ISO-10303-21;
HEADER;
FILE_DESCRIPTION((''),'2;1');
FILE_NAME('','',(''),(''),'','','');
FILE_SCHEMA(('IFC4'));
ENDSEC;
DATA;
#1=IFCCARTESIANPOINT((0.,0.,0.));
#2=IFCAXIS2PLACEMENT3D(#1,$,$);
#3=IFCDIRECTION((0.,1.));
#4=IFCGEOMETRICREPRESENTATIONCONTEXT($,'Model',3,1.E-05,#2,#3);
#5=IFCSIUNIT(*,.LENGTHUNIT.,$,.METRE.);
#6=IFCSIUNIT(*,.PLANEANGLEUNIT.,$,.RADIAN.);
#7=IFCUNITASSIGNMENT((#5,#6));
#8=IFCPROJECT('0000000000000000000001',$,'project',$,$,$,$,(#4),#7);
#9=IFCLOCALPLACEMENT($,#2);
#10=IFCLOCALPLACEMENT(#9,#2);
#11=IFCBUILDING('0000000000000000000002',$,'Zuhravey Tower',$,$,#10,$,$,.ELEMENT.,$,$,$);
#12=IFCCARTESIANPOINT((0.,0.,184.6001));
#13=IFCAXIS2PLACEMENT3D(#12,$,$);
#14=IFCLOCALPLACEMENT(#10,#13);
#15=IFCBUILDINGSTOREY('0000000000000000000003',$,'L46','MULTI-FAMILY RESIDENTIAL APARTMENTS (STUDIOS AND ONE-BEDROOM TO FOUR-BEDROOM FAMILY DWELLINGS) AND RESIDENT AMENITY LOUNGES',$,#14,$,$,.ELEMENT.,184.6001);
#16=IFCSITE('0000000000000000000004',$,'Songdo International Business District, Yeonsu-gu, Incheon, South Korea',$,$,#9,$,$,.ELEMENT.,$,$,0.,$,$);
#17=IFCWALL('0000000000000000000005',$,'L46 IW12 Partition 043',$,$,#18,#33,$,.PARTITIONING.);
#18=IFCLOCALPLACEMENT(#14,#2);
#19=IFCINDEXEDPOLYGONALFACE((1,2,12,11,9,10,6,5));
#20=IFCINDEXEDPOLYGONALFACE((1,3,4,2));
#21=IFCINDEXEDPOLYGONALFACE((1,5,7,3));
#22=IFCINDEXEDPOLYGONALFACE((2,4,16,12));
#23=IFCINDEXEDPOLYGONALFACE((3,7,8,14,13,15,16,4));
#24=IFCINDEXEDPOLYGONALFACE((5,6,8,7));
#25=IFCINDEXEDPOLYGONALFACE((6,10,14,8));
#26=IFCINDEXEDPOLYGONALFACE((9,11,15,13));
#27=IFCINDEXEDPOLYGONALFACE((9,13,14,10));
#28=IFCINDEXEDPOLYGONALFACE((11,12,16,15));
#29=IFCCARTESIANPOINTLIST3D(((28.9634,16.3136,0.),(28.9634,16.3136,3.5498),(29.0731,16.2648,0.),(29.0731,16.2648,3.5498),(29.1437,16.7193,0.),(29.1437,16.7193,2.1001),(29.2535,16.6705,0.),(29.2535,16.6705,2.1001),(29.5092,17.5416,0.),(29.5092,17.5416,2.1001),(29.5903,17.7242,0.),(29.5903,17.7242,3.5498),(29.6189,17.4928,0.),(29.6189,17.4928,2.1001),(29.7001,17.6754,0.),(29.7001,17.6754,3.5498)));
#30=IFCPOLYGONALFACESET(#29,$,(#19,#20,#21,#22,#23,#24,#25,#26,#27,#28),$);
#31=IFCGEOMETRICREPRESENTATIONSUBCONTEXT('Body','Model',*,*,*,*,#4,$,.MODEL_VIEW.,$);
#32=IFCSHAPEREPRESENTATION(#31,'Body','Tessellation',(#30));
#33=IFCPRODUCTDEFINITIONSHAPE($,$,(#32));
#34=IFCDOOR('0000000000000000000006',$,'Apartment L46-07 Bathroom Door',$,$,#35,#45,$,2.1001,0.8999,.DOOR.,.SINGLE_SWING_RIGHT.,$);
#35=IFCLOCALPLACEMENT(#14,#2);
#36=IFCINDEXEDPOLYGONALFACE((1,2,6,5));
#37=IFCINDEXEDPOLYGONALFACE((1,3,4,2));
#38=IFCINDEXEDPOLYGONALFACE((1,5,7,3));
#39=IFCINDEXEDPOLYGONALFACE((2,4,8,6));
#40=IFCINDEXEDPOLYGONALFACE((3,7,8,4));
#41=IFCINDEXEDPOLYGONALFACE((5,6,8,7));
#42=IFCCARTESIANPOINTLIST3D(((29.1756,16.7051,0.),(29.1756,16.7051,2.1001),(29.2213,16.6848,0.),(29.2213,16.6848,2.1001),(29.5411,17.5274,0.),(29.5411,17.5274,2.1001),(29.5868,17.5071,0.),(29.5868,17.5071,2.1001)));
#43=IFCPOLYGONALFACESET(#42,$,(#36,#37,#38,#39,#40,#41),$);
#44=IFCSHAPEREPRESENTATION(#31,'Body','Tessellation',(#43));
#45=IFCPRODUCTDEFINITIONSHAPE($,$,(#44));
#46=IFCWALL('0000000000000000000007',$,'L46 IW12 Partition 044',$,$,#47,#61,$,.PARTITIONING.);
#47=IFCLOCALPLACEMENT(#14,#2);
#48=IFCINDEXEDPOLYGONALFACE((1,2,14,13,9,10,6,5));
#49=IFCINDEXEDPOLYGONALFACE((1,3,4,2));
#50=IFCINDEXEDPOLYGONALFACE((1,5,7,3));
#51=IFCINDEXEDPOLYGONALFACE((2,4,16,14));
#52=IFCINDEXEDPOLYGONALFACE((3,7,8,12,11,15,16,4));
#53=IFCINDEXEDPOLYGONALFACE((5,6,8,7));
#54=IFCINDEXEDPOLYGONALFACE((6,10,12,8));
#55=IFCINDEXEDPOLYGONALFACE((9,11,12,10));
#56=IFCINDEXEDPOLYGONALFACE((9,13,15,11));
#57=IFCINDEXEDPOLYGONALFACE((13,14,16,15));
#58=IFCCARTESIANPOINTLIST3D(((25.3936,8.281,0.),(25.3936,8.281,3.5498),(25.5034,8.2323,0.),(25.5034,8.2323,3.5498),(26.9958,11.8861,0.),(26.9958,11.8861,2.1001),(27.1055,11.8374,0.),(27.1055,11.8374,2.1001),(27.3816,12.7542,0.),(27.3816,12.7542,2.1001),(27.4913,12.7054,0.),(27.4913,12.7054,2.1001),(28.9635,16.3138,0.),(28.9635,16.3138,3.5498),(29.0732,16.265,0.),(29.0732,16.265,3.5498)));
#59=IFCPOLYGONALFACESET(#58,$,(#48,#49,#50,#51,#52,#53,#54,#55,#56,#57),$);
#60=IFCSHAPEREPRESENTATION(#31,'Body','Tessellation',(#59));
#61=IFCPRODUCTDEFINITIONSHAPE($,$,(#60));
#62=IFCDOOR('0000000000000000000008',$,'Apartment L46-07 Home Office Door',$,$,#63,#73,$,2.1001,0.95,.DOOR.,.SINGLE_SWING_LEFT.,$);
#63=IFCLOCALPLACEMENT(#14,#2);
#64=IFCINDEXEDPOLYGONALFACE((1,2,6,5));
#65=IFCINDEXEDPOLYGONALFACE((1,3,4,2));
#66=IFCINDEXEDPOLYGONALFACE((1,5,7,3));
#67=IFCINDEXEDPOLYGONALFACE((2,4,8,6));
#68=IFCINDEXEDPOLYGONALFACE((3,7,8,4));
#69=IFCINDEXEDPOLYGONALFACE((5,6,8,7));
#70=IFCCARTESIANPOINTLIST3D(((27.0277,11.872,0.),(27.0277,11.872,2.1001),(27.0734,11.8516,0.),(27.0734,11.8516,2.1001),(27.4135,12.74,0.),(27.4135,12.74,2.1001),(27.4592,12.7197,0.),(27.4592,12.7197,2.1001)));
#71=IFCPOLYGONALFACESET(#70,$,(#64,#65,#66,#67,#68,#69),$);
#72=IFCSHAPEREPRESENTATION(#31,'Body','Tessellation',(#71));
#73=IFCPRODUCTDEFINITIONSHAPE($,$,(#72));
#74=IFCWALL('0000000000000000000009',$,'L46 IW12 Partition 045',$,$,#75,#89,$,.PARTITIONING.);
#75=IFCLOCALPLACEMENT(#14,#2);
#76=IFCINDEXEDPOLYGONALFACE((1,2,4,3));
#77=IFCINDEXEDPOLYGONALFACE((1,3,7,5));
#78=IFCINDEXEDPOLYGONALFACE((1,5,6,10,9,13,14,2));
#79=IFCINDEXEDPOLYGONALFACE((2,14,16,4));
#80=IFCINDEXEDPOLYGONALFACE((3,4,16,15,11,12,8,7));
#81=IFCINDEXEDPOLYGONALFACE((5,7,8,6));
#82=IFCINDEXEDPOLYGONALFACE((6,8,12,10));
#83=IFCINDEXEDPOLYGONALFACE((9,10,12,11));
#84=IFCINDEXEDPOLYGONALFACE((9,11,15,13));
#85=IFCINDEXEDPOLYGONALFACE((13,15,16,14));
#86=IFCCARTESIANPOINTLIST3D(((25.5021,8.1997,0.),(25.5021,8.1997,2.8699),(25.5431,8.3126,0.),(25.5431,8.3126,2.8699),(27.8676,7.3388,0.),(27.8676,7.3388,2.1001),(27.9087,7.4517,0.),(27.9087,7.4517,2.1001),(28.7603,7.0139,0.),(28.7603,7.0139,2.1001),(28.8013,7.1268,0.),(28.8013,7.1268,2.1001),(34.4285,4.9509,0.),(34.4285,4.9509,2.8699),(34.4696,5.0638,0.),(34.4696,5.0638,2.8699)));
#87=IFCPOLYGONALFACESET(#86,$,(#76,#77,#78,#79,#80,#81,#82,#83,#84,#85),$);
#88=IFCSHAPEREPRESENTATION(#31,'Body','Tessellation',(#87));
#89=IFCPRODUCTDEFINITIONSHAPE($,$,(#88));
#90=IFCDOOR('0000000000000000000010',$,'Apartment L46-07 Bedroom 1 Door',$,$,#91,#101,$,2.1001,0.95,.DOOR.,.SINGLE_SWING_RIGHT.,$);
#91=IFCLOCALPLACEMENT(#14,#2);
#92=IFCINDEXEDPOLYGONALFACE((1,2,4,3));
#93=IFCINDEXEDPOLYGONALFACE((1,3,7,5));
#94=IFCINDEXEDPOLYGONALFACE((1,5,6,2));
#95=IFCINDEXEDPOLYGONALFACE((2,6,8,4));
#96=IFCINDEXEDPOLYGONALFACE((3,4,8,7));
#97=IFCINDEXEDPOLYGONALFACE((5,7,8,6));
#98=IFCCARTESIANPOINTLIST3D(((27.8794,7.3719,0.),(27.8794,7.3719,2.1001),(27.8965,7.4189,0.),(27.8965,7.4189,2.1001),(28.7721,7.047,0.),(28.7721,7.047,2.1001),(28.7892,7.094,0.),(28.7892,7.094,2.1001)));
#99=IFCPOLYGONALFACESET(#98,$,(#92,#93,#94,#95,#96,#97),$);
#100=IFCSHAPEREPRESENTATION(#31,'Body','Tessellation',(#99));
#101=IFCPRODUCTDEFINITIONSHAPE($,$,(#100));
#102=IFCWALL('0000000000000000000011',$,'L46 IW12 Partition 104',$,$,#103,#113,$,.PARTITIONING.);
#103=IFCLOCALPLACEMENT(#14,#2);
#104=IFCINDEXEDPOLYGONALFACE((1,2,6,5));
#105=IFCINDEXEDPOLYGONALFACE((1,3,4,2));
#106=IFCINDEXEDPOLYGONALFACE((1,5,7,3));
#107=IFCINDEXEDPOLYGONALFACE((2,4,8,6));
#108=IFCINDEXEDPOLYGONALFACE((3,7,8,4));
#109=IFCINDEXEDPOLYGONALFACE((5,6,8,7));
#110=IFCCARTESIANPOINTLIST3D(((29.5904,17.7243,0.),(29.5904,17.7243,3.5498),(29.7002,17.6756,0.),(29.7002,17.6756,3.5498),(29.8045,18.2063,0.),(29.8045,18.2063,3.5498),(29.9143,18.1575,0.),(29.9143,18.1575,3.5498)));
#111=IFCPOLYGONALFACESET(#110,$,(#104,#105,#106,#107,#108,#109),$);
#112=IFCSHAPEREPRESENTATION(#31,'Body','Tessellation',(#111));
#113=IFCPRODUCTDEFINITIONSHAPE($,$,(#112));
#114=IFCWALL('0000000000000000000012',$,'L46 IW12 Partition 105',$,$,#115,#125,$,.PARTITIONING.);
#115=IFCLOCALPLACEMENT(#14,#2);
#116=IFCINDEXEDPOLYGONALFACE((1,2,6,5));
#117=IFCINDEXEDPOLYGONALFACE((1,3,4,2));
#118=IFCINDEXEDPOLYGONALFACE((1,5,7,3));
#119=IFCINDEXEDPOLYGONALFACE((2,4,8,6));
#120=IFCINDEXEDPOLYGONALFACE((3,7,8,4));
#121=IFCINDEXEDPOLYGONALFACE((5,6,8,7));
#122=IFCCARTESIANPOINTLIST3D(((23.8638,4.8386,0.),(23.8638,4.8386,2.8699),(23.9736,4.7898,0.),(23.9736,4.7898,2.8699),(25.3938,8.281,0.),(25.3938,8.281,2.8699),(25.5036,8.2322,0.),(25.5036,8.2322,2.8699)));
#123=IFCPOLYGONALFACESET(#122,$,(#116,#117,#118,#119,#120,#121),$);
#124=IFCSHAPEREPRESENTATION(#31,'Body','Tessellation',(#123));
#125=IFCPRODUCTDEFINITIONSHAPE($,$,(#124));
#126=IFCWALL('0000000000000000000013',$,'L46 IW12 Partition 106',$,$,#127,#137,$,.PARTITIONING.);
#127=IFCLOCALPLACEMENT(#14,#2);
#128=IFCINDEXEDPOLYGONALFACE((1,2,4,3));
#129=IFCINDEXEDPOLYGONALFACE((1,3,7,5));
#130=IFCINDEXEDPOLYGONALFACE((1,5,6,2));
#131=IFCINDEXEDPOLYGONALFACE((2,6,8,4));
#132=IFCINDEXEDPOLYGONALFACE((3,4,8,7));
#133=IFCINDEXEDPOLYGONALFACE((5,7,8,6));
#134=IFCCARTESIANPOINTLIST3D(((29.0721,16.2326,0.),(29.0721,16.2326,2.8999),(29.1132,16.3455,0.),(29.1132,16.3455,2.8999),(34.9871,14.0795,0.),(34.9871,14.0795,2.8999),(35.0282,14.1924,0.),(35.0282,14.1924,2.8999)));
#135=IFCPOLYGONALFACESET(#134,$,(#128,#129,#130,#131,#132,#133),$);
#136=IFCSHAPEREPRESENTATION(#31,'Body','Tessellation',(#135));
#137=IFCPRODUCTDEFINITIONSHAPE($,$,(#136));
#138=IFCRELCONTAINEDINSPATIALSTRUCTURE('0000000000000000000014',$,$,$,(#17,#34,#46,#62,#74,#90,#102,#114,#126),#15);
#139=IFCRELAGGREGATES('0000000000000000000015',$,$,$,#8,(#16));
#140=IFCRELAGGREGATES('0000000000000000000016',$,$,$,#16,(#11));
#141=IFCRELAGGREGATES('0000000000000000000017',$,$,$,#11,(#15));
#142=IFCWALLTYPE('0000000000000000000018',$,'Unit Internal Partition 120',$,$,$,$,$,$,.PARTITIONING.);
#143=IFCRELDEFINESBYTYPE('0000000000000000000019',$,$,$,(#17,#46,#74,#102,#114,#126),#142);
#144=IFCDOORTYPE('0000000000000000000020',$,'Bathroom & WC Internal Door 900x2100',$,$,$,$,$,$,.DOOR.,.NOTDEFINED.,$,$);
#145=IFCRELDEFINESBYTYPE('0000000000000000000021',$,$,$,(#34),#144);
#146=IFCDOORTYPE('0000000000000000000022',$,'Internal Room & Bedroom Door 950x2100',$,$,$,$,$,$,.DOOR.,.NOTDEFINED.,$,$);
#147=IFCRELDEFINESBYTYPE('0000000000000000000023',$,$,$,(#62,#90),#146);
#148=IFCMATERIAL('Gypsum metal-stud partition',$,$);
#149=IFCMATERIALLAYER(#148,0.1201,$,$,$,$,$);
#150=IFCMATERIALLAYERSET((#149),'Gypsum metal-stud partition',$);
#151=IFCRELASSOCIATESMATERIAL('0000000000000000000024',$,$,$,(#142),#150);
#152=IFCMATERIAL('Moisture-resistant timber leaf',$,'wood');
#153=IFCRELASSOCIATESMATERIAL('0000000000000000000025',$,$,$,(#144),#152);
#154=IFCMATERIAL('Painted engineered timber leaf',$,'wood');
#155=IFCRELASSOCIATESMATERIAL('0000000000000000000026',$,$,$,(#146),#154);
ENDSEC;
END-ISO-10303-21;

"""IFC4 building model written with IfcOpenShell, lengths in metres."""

from ifc_helpers import new_model, si_unit, direction, frame, frame_2d, origin, place, context, subcontext, project, spatial, rectangle, extrude, material, layer, layer_set, type_object, element, fill, save


model = new_model("IFC4")

# Units and contexts
model_context = context("Model", 3, precision=1e-05, world=origin(), true_north=direction((0.0, 1.0)))
body_context = subcontext(model_context, "Body", "Model", "MODEL_VIEW")
ifc_project = project(units=[si_unit("LENGTHUNIT", "METRE"), si_unit("PLANEANGLEUNIT", "RADIAN")], contexts=[model_context])

# Site, building, storey
site_placement = place(None, origin())
site = spatial("IfcSite", under=ifc_project, at=site_placement, Name="Songdo International Business District, Yeonsu-gu, Incheon, South Korea", CompositionType="ELEMENT", RefElevation=0.0)
building_placement = place(site_placement, origin())
building = spatial("IfcBuilding", under=site, at=building_placement, Name="Zuhravey Tower", CompositionType="ELEMENT")
storey_placement = place(building_placement, frame((0.0, 0.0, 184.6001)))
storey = spatial("IfcBuildingStorey", under=building, at=storey_placement, Name="L46", Description="MULTI-FAMILY RESIDENTIAL APARTMENTS (STUDIOS AND ONE-BEDROOM TO FOUR-BEDROOM FAMILY DWELLINGS) AND RESIDENT AMENITY LOUNGES", CompositionType="ELEMENT", Elevation=184.6001)

# Walls, openings, doors
ifc_material_1 = material(Name="Gypsum metal-stud partition")
ifc_layer_1 = layer(ifc_material_1, 0.1201)
ifc_layer_set_1 = layer_set([ifc_layer_1], Name="Gypsum metal-stud partition")
wall_type_1 = type_object("IfcWallType", Name="Unit Internal Partition 120", PredefinedType="PARTITIONING", material=ifc_layer_set_1)
wall_1_placement = place(storey_placement, frame((29.6453, 17.7, 0.0), z_axis=(0.0, 0.0, 1.0), x_axis=(-0.406138, -0.913812, 0.0)))
wall_1 = element("IfcWall", 1, at=wall_1_placement, inside=storey, type_object=wall_type_1, Name="L46 IW12 Partition 043", PredefinedType="PARTITIONING", context=body_context, shape_type="SweptSolid", body=[
    extrude(rectangle(XDim=1.5437, YDim=0.1201, at=frame_2d((0.772, 0.0))), origin(), (0.0, 0.0, 1.0), 3.5498),
])
opening_1_placement = place(wall_1_placement, frame((0.2, 0.0, 0.0)))
opening_1 = element("IfcOpeningElement", 2, at=opening_1_placement, cuts=wall_1, PredefinedType="OPENING", context=body_context, shape_type="SweptSolid", body=[
    extrude(rectangle(XDim=0.8999, YDim=2.1001, at=frame_2d((0.45, 1.05))), frame((0.0, 0.072, 0.0), z_axis=(0.0, -1.0, 0.0), x_axis=(1.0, 0.0, 0.0)), (0.0, 0.0, 1.0), 0.144),
])
ifc_material_2 = material(Name="Moisture-resistant timber leaf", Category="wood")
door_type_1 = type_object("IfcDoorType", Name="Bathroom & WC Internal Door 900x2100", OperationType="NOTDEFINED", PredefinedType="DOOR", material=ifc_material_2)
door_1_placement = place(opening_1_placement, origin())
door_1 = element("IfcDoor", 3, at=door_1_placement, inside=storey, type_object=door_type_1, Name="Apartment L46-07 Bathroom Door", OperationType="SINGLE_SWING_RIGHT", OverallHeight=2.1001, OverallWidth=0.8999, PredefinedType="DOOR", context=body_context, shape_type="SweptSolid", body=[
    extrude(rectangle(XDim=0.8999, YDim=2.1001, at=frame_2d((0.45, 1.05))), frame((0.0, 0.0249, 0.0), z_axis=(0.0, -1.0, 0.0), x_axis=(1.0, 0.0, 0.0)), (0.0, 0.0, 1.0), 0.05),
])
fill(opening_1, door_1)
wall_2_placement = place(storey_placement, frame((29.0183, 16.2893, 0.0), z_axis=(0.0, 0.0, 1.0), x_axis=(-0.406113, -0.913823, 0.0)))
wall_2 = element("IfcWall", 4, at=wall_2_placement, inside=storey, type_object=wall_type_1, Name="L46 IW12 Partition 044", PredefinedType="PARTITIONING", context=body_context, shape_type="SweptSolid", body=[
    extrude(rectangle(XDim=8.7903, YDim=0.1201, at=frame_2d((4.395, 0.0))), origin(), (0.0, 0.0, 1.0), 3.5498),
])
opening_2_placement = place(wall_2_placement, frame((3.895, 0.0, 0.0)))
opening_2 = element("IfcOpeningElement", 5, at=opening_2_placement, cuts=wall_2, PredefinedType="OPENING", context=body_context, shape_type="SweptSolid", body=[
    extrude(rectangle(XDim=0.95, YDim=2.1001, at=frame_2d((0.4751, 1.05))), frame((0.0, 0.072, 0.0), z_axis=(0.0, -1.0, 0.0), x_axis=(1.0, 0.0, 0.0)), (0.0, 0.0, 1.0), 0.144),
])
ifc_material_3 = material(Name="Painted engineered timber leaf", Category="wood")
door_type_2 = type_object("IfcDoorType", Name="Internal Room & Bedroom Door 950x2100", OperationType="NOTDEFINED", PredefinedType="DOOR", material=ifc_material_3)
door_2_placement = place(opening_2_placement, origin())
door_2 = element("IfcDoor", 6, at=door_2_placement, inside=storey, type_object=door_type_2, Name="Apartment L46-07 Home Office Door", OperationType="SINGLE_SWING_LEFT", OverallHeight=2.1001, OverallWidth=0.95, PredefinedType="DOOR", context=body_context, shape_type="SweptSolid", body=[
    extrude(rectangle(XDim=0.95, YDim=2.1001, at=frame_2d((0.4751, 1.05))), frame((0.0, 0.0249, 0.0), z_axis=(0.0, -1.0, 0.0), x_axis=(1.0, 0.0, 0.0)), (0.0, 0.0, 1.0), 0.05),
])
fill(opening_2, door_2)
wall_3_placement = place(storey_placement, frame((25.5227, 8.2561, 0.0), z_axis=(0.0, 0.0, 1.0), x_axis=(0.9397, -0.342001, 0.0)))
wall_3 = element("IfcWall", 7, at=wall_3_placement, inside=storey, type_object=wall_type_1, Name="L46 IW12 Partition 045", PredefinedType="PARTITIONING", context=body_context, shape_type="SweptSolid", body=[
    extrude(rectangle(XDim=9.4993, YDim=0.1201, at=frame_2d((4.7495, 0.0))), origin(), (0.0, 0.0, 1.0), 2.8699),
])
opening_3_placement = place(wall_3_placement, frame((2.5171, 0.0, 0.0)))
opening_3 = element("IfcOpeningElement", 8, at=opening_3_placement, cuts=wall_3, PredefinedType="OPENING", context=body_context, shape_type="SweptSolid", body=[
    extrude(rectangle(XDim=0.95, YDim=2.1001, at=frame_2d((0.4751, 1.05))), frame((0.0, 0.072, 0.0), z_axis=(0.0, -1.0, 0.0), x_axis=(1.0, 0.0, 0.0)), (0.0, 0.0, 1.0), 0.144),
])
door_3_placement = place(opening_3_placement, frame((0.95, 0.0, 0.0), z_axis=(0.0, 0.0, 1.0), x_axis=(-1.0, 0.0, 0.0)))
door_3 = element("IfcDoor", 9, at=door_3_placement, inside=storey, type_object=door_type_2, Name="Apartment L46-07 Bedroom 1 Door", OperationType="SINGLE_SWING_RIGHT", OverallHeight=2.1001, OverallWidth=0.95, PredefinedType="DOOR", context=body_context, shape_type="SweptSolid", body=[
    extrude(rectangle(XDim=0.95, YDim=2.1001, at=frame_2d((0.4751, 1.05))), frame((0.0, 0.0249, 0.0), z_axis=(0.0, -1.0, 0.0), x_axis=(1.0, 0.0, 0.0)), (0.0, 0.0, 1.0), 0.05),
])
fill(opening_3, door_3)

# Walls
wall_4_placement = place(storey_placement, frame((29.8594, 18.1819, 0.0), z_axis=(0.0, 0.0, 1.0), x_axis=(-0.40601, -0.913869, 0.0)))
element("IfcWall", 10, at=wall_4_placement, inside=storey, type_object=wall_type_1, Name="L46 IW12 Partition 104", PredefinedType="PARTITIONING", context=body_context, shape_type="SweptSolid", body=[
    extrude(rectangle(XDim=0.5273, YDim=0.1201, at=frame_2d((0.2637, 0.0))), origin(), (0.0, 0.0, 1.0), 3.5498),
])
wall_5_placement = place(storey_placement, frame((25.4487, 8.2566, 0.0), z_axis=(0.0, 0.0, 1.0), x_axis=(-0.406157, -0.913804, 0.0)))
element("IfcWall", 11, at=wall_5_placement, inside=storey, type_object=wall_type_1, Name="L46 IW12 Partition 105", PredefinedType="PARTITIONING", context=body_context, shape_type="SweptSolid", body=[
    extrude(rectangle(XDim=3.7671, YDim=0.1201, at=frame_2d((1.8835, 0.0))), origin(), (0.0, 0.0, 1.0), 2.8699),
])
wall_6_placement = place(storey_placement, frame((29.0925, 16.2891, 0.0), z_axis=(0.0, 0.0, 1.0), x_axis=(0.939684, -0.342045, 0.0)))
element("IfcWall", 12, at=wall_6_placement, inside=storey, type_object=wall_type_1, Name="L46 IW12 Partition 106", PredefinedType="PARTITIONING", context=body_context, shape_type="SweptSolid", body=[
    extrude(rectangle(XDim=6.2947, YDim=0.1201, at=frame_2d((3.1475, 0.0))), origin(), (0.0, 0.0, 1.0), 2.8999),
])

save(model, "model.ifc")
